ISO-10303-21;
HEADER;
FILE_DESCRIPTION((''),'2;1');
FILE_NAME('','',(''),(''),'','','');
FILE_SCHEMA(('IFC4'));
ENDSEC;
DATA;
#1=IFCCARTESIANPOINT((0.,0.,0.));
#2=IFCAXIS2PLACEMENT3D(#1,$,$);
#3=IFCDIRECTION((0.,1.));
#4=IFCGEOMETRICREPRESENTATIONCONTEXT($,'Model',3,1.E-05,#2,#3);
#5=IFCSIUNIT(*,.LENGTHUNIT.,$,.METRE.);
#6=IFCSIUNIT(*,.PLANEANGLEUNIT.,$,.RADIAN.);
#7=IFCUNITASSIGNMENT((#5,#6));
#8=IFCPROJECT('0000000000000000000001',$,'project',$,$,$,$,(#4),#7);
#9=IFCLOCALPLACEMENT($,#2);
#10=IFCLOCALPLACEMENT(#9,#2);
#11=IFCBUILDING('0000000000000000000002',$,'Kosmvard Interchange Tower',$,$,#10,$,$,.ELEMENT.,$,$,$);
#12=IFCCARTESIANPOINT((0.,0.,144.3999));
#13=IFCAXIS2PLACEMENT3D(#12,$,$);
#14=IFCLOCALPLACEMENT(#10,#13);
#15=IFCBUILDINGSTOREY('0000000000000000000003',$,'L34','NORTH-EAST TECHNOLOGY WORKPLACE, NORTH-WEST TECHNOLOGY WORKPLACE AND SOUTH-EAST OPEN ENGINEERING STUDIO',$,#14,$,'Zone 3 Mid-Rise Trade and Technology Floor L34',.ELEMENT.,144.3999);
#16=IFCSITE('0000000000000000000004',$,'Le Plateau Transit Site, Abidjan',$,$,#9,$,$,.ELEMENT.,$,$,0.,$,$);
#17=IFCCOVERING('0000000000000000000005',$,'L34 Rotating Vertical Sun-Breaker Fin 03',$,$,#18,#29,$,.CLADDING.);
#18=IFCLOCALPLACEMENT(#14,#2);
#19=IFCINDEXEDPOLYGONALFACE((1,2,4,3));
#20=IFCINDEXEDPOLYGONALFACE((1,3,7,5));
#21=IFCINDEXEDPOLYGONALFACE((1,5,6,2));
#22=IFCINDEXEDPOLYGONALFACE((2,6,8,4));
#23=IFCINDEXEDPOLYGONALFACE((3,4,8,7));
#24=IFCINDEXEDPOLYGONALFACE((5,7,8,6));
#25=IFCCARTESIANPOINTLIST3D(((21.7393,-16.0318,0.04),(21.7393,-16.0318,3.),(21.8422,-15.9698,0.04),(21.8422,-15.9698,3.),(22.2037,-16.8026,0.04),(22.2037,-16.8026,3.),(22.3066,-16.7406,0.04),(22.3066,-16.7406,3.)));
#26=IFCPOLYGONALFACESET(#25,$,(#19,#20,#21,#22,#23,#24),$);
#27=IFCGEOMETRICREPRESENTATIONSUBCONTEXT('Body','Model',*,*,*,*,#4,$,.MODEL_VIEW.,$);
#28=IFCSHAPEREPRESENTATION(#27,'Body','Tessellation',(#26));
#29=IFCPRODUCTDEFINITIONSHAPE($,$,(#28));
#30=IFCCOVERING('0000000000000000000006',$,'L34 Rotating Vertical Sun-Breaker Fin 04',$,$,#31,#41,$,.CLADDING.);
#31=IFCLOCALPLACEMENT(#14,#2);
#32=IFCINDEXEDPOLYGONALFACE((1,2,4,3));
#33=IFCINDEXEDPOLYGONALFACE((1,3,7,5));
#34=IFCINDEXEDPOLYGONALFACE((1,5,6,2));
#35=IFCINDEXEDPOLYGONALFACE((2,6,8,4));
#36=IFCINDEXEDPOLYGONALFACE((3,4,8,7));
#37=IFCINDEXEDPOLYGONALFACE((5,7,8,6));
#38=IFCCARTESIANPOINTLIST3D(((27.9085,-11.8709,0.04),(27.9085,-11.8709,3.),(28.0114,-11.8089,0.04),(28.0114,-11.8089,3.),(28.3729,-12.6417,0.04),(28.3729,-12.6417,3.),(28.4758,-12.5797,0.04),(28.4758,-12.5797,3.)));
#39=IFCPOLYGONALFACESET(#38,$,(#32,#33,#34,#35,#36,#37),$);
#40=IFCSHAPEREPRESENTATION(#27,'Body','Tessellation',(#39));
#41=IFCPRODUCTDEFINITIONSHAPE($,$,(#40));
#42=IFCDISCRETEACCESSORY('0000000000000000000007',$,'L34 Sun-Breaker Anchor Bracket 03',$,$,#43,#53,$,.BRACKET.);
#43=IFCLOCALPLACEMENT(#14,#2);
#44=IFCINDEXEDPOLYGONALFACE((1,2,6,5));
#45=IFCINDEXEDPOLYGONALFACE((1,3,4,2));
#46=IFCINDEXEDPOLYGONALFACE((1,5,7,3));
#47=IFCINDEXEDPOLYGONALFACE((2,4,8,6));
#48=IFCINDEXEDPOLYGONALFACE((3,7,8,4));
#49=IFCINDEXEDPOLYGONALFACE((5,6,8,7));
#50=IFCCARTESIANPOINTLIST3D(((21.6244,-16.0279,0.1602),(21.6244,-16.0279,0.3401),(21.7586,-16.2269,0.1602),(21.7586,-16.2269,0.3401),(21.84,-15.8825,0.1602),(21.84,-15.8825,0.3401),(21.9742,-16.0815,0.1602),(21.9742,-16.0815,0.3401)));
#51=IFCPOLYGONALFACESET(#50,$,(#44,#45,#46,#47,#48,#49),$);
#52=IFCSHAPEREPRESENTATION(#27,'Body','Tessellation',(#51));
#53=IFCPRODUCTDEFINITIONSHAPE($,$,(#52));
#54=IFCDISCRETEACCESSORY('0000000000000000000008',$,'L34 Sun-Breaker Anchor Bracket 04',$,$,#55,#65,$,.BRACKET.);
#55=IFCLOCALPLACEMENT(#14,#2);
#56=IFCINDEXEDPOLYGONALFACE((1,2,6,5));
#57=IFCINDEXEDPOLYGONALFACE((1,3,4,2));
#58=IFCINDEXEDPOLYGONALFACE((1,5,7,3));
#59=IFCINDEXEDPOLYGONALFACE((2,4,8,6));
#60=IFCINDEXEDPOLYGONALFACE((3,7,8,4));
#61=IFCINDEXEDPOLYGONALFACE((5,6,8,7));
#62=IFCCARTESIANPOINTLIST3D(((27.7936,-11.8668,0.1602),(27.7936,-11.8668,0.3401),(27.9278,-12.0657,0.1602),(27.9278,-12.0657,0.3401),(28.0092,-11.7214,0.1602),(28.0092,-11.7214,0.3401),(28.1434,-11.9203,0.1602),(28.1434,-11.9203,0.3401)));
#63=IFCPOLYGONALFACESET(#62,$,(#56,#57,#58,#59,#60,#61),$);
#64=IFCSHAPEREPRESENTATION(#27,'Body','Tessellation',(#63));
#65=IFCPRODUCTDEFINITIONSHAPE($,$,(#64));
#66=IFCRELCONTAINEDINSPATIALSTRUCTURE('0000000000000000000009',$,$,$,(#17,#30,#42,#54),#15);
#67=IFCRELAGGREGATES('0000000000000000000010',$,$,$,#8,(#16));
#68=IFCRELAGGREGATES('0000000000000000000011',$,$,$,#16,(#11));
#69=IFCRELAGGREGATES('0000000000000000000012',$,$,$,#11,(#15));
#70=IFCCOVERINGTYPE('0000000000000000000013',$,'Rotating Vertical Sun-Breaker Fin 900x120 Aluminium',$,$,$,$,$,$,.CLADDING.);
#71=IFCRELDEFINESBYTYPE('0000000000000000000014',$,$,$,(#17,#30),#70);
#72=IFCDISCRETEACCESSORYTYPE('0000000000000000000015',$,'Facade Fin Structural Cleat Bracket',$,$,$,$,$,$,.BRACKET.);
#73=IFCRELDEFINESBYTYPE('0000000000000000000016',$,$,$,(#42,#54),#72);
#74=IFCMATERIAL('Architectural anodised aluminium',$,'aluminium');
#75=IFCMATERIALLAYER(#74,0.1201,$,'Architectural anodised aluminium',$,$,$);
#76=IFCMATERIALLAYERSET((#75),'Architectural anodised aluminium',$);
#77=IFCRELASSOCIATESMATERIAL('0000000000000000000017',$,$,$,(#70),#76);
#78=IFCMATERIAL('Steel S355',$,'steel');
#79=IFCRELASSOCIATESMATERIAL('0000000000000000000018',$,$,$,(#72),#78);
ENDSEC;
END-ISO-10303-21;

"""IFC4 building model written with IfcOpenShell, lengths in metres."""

from ifc_helpers import new_model, si_unit, direction, frame, origin, origin_2d, place, context, subcontext, project, spatial, rectangle, extrude, source, transform, mapped, material, layer, layer_set, type_object, element, save


model = new_model("IFC4")

# Units and contexts
model_context = context("Model", 3, precision=1e-05, world=origin(), true_north=direction((0.0, 1.0)))
body_context = subcontext(model_context, "Body", "Model", "MODEL_VIEW")
ifc_project = project(units=[si_unit("LENGTHUNIT", "METRE"), si_unit("PLANEANGLEUNIT", "RADIAN")], contexts=[model_context])

# Site, building, storey
site_placement = place(None, origin())
site = spatial("IfcSite", under=ifc_project, at=site_placement, Name="Le Plateau Transit Site, Abidjan", CompositionType="ELEMENT", RefElevation=0.0)
building_placement = place(site_placement, origin())
building = spatial("IfcBuilding", under=site, at=building_placement, Name="Kosmvard Interchange Tower", CompositionType="ELEMENT")
storey_placement = place(building_placement, frame((0.0, 0.0, 144.3999)))
storey = spatial("IfcBuildingStorey", under=building, at=storey_placement, Name="L34", Description="NORTH-EAST TECHNOLOGY WORKPLACE, NORTH-WEST TECHNOLOGY WORKPLACE AND SOUTH-EAST OPEN ENGINEERING STUDIO", LongName="Zone 3 Mid-Rise Trade and Technology Floor L34", CompositionType="ELEMENT", Elevation=144.3999)

# Shared definitions
ifc_material_1 = material(Name="Steel S355", Category="steel")

# Coverings
ifc_material_2 = material(Name="Architectural anodised aluminium", Category="aluminium")
ifc_layer_1 = layer(ifc_material_2, 0.1201, Name="Architectural anodised aluminium")
ifc_layer_set_1 = layer_set([ifc_layer_1], Name="Architectural anodised aluminium")
covering_type = type_object("IfcCoveringType", Name="Rotating Vertical Sun-Breaker Fin 900x120 Aluminium", PredefinedType="CLADDING", material=ifc_layer_set_1)
shared_shape_1 = source(origin(), body_context, "Body", "SweptSolid", [
    extrude(rectangle(XDim=0.8999, YDim=0.1201, at=origin_2d()), origin(), (0.0, 0.0, 1.0), 2.96),
])
for number, where, z_axis, x_axis, name in (
    (1, (22.0229, -16.3862, 0.04), (0.0, 0.0, 1.0), (0.516085, -0.856537, 0.0), "L34 Rotating Vertical Sun-Breaker Fin 03"),
    (2, (28.1921, -12.2253, 0.04), (0.0, 0.0, 1.0), (0.516085, -0.856537, 0.0), "L34 Rotating Vertical Sun-Breaker Fin 04"),
):
    element("IfcCovering", number, at=place(storey_placement, frame(where, z_axis=z_axis, x_axis=x_axis)), inside=storey, type_object=covering_type, Name=name, PredefinedType="CLADDING", context=body_context, shape_type="MappedRepresentation", body=[
        mapped(shared_shape_1, transform((0.0, 0.0, 0.0), scale=1.0)),
    ])

# Discrete accessories
discrete_accessory_type = type_object("IfcDiscreteAccessoryType", Name="Facade Fin Structural Cleat Bracket", PredefinedType="BRACKET", material=ifc_material_1)
shared_shape_2 = source(origin(), body_context, "Body", "SweptSolid", [
    extrude(rectangle(XDim=0.24, YDim=0.26, at=origin_2d()), origin(), (0.0, 0.0, 1.0), 0.1799),
])
for number, where, z_axis, x_axis, name in (
    (3, (21.7993, -16.0547, 0.1602), (0.0, 0.0, 1.0), (0.559193, -0.829038, 0.0), "L34 Sun-Breaker Anchor Bracket 03"),
    (4, (27.9685, -11.8936, 0.1602), (0.0, 0.0, 1.0), (0.559193, -0.829038, 0.0), "L34 Sun-Breaker Anchor Bracket 04"),
):
    element("IfcDiscreteAccessory", number, at=place(storey_placement, frame(where, z_axis=z_axis, x_axis=x_axis)), inside=storey, type_object=discrete_accessory_type, Name=name, PredefinedType="BRACKET", context=body_context, shape_type="MappedRepresentation", body=[
        mapped(shared_shape_2, transform((0.0, 0.0, 0.0), scale=1.0)),
    ])

save(model, "model.ifc")
